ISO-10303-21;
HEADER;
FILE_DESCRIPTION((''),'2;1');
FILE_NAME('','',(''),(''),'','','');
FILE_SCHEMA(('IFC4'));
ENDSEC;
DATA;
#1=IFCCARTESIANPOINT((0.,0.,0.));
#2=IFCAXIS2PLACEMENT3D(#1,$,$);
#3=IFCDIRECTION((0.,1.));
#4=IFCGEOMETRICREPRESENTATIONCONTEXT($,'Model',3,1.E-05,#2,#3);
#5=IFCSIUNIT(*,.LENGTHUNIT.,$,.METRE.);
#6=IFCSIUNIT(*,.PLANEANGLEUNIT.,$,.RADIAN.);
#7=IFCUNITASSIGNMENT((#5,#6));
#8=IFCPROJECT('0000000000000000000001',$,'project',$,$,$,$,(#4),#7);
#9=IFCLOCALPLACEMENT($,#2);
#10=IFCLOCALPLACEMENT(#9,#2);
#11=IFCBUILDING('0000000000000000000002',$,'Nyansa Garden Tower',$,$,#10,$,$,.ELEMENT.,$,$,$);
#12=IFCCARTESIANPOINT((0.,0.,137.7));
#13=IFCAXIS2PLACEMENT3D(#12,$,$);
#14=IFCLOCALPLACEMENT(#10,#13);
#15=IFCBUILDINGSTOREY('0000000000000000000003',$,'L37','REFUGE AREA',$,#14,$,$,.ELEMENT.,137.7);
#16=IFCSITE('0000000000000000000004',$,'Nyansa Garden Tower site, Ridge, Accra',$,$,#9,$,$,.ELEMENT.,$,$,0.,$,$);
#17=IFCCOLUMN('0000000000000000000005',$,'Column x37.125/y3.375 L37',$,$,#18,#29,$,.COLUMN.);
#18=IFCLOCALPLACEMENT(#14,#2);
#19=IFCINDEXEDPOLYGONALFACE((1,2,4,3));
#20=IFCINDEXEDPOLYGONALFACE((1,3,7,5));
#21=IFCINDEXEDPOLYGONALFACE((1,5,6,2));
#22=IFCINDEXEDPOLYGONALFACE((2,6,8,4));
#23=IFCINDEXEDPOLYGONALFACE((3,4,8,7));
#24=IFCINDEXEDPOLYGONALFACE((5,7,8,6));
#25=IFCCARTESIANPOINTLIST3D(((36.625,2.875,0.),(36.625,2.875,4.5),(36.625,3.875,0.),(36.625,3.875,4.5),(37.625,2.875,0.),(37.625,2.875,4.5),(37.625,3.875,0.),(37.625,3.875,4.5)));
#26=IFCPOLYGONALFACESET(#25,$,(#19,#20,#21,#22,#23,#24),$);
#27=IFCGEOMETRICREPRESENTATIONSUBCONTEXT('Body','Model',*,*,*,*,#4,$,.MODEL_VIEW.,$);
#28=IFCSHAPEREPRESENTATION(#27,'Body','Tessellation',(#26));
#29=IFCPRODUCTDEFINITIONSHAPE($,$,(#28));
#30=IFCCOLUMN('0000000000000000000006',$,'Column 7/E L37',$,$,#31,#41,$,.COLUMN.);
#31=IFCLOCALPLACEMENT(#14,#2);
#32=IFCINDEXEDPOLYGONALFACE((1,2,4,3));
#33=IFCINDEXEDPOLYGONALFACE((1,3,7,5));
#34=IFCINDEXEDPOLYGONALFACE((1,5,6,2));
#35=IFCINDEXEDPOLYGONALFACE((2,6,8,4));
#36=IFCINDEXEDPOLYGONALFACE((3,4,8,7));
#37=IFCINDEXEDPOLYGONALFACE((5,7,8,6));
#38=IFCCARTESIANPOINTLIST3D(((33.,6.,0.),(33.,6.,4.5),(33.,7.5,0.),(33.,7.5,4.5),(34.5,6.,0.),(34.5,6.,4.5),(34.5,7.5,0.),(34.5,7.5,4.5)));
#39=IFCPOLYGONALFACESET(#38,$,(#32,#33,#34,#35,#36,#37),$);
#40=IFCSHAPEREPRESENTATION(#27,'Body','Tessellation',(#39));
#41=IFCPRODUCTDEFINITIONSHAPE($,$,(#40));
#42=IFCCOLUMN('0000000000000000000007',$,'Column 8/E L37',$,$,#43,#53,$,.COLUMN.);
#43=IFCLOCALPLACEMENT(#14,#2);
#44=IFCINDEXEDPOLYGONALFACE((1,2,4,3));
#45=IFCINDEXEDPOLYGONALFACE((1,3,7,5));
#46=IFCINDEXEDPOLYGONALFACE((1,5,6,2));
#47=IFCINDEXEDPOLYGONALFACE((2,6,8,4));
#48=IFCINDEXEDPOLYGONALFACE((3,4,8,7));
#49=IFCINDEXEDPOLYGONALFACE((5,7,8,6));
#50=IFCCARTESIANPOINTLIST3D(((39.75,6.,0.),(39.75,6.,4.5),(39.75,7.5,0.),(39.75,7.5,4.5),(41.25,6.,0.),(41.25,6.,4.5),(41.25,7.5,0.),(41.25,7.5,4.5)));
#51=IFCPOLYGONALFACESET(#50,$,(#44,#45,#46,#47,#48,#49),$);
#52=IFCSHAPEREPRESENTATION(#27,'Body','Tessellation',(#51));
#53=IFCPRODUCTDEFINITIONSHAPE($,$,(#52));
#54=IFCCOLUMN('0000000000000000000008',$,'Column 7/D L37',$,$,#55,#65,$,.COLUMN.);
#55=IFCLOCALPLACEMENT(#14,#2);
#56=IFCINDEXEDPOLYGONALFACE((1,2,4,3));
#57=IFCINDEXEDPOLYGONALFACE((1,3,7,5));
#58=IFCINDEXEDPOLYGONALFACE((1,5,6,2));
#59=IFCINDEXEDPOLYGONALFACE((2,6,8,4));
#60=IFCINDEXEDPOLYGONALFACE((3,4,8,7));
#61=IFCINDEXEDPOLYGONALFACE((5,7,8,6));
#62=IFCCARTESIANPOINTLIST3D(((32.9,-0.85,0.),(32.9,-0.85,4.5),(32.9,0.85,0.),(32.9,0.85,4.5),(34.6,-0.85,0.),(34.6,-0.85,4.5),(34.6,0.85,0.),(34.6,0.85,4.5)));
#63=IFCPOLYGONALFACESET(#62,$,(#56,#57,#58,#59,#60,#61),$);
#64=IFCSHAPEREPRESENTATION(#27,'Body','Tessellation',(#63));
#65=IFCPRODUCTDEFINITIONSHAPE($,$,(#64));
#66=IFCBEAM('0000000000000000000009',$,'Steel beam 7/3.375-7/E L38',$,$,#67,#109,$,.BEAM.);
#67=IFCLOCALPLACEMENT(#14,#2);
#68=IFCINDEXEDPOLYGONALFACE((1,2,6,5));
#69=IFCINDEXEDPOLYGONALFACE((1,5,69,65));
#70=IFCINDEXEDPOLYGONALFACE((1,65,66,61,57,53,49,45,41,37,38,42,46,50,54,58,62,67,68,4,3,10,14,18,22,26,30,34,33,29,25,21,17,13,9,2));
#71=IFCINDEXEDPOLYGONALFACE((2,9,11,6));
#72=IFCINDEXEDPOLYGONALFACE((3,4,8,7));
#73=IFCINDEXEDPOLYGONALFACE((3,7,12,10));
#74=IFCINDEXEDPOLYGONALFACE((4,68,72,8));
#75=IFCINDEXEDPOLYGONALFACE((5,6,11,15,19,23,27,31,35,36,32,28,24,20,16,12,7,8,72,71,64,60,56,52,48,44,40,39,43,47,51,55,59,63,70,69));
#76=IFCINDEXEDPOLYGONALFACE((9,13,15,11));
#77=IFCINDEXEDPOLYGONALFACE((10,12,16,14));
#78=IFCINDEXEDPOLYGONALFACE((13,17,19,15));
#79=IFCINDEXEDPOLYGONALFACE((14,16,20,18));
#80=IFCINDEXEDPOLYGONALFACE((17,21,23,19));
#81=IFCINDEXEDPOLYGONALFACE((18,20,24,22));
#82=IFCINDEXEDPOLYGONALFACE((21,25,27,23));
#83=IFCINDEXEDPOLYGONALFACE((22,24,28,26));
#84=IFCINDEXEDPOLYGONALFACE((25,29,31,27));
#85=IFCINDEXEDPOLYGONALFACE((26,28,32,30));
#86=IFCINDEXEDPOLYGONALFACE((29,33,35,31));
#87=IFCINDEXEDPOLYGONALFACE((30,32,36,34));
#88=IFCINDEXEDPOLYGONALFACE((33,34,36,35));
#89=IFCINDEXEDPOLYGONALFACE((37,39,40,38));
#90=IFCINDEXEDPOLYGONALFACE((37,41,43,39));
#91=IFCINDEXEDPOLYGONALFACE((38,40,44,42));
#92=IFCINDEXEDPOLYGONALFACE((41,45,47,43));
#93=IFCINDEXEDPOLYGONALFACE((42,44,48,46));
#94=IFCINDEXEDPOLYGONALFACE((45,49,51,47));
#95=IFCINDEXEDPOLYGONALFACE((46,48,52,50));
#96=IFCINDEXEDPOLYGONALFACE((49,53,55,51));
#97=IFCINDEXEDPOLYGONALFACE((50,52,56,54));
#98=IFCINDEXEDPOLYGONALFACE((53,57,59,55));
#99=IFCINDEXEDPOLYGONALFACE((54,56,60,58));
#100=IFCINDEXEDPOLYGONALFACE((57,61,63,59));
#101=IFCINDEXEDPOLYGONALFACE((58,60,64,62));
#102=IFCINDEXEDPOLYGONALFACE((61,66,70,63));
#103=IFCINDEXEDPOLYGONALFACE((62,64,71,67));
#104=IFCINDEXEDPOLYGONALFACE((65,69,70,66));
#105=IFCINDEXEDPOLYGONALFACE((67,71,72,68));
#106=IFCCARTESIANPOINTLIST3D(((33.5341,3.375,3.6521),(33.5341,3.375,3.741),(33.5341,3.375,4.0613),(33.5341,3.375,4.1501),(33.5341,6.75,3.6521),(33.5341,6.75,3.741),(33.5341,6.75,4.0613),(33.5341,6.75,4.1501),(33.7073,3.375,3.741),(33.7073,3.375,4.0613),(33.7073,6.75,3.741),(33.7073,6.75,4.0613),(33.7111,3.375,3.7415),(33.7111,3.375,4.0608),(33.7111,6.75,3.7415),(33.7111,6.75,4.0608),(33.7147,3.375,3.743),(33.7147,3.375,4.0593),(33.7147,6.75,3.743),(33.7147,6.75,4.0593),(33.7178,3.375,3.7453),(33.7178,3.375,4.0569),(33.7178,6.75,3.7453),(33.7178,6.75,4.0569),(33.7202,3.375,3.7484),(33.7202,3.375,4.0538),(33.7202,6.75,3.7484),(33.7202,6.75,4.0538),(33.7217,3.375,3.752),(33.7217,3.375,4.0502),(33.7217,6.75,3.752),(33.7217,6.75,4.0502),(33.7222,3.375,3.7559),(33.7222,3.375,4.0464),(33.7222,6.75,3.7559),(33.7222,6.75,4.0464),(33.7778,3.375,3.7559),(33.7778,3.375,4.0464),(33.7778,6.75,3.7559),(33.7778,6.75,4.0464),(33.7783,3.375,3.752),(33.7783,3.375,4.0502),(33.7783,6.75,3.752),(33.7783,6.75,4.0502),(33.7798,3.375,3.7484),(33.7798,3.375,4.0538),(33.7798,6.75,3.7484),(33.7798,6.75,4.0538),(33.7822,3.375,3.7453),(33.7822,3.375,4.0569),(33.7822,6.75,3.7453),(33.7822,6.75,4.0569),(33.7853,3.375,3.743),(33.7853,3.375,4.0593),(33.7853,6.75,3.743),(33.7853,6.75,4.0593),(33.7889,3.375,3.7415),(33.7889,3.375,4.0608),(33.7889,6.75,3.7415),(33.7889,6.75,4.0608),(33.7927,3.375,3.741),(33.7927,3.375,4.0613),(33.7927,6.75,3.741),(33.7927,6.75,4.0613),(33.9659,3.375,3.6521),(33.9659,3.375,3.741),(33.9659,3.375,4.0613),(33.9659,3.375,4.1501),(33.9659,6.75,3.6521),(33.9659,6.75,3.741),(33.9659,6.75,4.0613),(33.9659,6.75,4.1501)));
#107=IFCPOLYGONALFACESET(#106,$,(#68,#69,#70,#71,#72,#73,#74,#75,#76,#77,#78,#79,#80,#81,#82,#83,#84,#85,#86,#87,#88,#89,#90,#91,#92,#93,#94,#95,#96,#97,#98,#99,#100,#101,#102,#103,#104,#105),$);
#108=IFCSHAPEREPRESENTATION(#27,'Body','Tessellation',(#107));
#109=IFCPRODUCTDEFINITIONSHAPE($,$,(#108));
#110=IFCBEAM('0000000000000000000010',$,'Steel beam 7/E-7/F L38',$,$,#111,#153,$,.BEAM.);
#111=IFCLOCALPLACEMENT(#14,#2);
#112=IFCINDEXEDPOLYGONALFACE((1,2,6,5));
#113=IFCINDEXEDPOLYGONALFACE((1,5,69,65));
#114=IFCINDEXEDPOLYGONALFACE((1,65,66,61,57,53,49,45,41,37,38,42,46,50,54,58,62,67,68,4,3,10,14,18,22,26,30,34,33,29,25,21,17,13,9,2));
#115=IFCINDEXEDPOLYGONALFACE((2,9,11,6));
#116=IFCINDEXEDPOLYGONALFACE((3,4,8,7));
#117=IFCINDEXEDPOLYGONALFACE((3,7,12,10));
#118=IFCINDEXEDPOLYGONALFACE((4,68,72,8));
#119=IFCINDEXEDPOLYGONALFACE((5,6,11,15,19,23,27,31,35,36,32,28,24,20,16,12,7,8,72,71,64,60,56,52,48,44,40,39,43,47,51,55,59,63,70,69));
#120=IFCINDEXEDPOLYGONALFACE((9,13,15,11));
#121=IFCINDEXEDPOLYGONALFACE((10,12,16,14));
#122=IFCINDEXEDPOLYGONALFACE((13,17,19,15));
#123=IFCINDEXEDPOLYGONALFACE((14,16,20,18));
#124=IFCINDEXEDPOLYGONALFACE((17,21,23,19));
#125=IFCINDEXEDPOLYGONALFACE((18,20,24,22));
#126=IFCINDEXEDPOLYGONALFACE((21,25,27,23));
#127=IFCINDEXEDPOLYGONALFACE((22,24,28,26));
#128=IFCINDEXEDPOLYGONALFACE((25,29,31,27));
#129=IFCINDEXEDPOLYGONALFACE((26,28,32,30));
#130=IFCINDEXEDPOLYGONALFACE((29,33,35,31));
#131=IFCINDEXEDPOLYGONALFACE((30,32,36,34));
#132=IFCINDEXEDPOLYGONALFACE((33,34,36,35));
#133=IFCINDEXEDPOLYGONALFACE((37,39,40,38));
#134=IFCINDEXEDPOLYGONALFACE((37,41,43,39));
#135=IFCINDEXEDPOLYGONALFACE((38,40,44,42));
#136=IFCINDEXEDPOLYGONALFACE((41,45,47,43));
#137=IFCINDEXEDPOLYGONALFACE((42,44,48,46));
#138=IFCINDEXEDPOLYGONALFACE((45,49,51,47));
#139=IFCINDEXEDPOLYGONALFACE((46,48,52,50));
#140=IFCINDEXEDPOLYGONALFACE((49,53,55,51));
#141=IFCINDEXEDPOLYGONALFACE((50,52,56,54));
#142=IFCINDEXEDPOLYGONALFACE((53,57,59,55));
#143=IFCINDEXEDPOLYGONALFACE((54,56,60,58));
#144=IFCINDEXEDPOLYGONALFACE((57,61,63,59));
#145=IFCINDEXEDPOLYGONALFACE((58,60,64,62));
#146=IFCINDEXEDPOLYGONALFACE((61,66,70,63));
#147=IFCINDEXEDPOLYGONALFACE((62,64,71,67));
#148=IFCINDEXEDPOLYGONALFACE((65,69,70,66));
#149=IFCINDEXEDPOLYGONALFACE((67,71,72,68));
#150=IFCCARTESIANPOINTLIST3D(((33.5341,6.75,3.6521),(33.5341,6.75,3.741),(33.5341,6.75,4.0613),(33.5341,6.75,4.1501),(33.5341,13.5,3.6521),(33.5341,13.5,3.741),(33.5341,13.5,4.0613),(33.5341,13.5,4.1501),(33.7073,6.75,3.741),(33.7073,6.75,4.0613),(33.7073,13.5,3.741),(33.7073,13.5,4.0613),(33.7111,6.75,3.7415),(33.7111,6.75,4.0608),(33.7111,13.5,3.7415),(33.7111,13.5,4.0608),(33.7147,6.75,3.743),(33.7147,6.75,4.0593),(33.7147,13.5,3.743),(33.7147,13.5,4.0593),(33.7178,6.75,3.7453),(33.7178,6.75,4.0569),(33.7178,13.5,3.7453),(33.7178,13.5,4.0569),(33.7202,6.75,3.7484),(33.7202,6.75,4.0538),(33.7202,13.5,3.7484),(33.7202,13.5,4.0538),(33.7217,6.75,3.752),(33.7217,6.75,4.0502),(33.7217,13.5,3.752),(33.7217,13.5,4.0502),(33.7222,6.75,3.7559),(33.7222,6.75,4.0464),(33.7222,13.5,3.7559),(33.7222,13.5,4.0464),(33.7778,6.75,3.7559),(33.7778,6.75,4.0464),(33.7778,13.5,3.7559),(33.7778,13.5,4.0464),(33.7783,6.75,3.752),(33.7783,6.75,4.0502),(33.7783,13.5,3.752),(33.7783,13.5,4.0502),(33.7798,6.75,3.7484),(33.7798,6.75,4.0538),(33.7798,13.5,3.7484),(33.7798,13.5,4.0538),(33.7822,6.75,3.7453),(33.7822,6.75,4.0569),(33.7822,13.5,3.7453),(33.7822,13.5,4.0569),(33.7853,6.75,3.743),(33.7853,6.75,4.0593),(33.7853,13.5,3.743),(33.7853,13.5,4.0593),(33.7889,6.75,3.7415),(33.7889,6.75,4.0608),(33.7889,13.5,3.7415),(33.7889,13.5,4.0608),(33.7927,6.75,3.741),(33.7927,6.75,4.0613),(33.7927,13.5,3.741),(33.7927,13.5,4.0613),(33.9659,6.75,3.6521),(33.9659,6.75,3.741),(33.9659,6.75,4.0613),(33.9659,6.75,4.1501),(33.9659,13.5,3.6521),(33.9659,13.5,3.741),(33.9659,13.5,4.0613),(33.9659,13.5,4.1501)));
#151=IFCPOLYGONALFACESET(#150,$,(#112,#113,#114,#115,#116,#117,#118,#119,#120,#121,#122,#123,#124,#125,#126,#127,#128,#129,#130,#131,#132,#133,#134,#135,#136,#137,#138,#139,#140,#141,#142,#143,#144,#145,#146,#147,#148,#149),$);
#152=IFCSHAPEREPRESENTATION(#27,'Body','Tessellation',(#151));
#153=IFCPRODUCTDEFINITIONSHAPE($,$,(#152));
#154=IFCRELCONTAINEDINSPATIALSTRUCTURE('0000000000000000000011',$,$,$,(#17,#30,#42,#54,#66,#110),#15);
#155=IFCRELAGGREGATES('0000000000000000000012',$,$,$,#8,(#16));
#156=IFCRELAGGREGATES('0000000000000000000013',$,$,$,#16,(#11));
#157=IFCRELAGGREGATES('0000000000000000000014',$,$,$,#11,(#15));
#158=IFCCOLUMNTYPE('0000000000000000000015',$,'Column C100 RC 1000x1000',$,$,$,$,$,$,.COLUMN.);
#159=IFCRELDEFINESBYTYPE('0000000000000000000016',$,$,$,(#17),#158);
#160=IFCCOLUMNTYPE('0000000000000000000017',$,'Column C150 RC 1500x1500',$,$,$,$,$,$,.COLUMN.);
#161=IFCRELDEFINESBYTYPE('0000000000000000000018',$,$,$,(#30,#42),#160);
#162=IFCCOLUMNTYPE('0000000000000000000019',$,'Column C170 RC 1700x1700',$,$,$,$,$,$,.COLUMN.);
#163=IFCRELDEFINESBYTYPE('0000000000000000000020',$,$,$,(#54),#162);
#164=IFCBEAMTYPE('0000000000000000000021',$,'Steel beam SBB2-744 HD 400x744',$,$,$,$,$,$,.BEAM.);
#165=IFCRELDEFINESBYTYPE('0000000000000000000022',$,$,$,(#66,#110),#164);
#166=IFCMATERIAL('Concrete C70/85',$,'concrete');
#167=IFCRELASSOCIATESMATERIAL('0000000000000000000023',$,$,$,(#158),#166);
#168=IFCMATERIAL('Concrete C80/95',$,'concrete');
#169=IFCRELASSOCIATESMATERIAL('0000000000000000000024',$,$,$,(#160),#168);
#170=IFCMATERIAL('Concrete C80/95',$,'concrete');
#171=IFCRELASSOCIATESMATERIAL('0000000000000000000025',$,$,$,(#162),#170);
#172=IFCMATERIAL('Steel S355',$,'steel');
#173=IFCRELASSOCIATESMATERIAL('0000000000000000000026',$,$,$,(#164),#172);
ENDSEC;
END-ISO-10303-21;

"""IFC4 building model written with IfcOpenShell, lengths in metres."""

from ifc_helpers import new_model, si_unit, direction, frame, origin, origin_2d, place, context, subcontext, project, spatial, rectangle, i_section, extrude, material, material_profile, profile_set, type_object, element, save


model = new_model("IFC4")

# Units and contexts
model_context = context("Model", 3, precision=1e-05, world=origin(), true_north=direction((0.0, 1.0)))
body_context = subcontext(model_context, "Body", "Model", "MODEL_VIEW")
ifc_project = project(units=[si_unit("LENGTHUNIT", "METRE"), si_unit("PLANEANGLEUNIT", "RADIAN")], contexts=[model_context])

# Site, building, storey
site_placement = place(None, origin())
site = spatial("IfcSite", under=ifc_project, at=site_placement, Name="Nyansa Garden Tower site, Ridge, Accra", CompositionType="ELEMENT", RefElevation=0.0)
building_placement = place(site_placement, origin())
building = spatial("IfcBuilding", under=site, at=building_placement, Name="Nyansa Garden Tower", CompositionType="ELEMENT")
storey_placement = place(building_placement, frame((0.0, 0.0, 137.7)))
storey = spatial("IfcBuildingStorey", under=building, at=storey_placement, Name="L37", Description="REFUGE AREA", CompositionType="ELEMENT", Elevation=137.7)

# Columns
ifc_material_1 = material(Name="Concrete C70/85", Category="concrete")
ifc_material_profile_1 = material_profile(ifc_material_1, rectangle(XDim=1.0, YDim=1.0, at=origin_2d()), Name="RC 1000x1000")
ifc_profile_set_1 = profile_set([ifc_material_profile_1], Name="Concrete C70/85")
column_type_1 = type_object("IfcColumnType", Name="Column C100 RC 1000x1000", PredefinedType="COLUMN", material=ifc_profile_set_1)
column_1_placement = place(storey_placement, frame((37.125, 3.375, 0.0), z_axis=(0.0, 0.0, 1.0), x_axis=(1.0, 0.0, 0.0)))
element("IfcColumn", 1, at=column_1_placement, inside=storey, type_object=column_type_1, Name="Column x37.125/y3.375 L37", PredefinedType="COLUMN", context=body_context, shape_type="SweptSolid", body=[
    extrude(rectangle(XDim=1.0, YDim=1.0, at=origin_2d()), origin(), (0.0, 0.0, 1.0), 4.5),
])
ifc_material_2 = material(Name="Concrete C80/95", Category="concrete")
ifc_material_profile_2 = material_profile(ifc_material_2, rectangle(XDim=1.5, YDim=1.5, at=origin_2d()), Name="RC 1500x1500")
ifc_profile_set_2 = profile_set([ifc_material_profile_2], Name="Concrete C80/95")
column_type_2 = type_object("IfcColumnType", Name="Column C150 RC 1500x1500", PredefinedType="COLUMN", material=ifc_profile_set_2)
for number, where, z_axis, x_axis, name in (
    (2, (33.75, 6.75, 0.0), (0.0, 0.0, 1.0), (1.0, 0.0, 0.0), "Column 7/E L37"),
    (3, (40.5, 6.75, 0.0), (0.0, 0.0, 1.0), (1.0, 0.0, 0.0), "Column 8/E L37"),
):
    element("IfcColumn", number, at=place(storey_placement, frame(where, z_axis=z_axis, x_axis=x_axis)), inside=storey, type_object=column_type_2, Name=name, PredefinedType="COLUMN", context=body_context, shape_type="SweptSolid", body=[
        extrude(rectangle(XDim=1.5, YDim=1.5, at=origin_2d()), origin(), (0.0, 0.0, 1.0), 4.5),
    ])
ifc_material_3 = material(Name="Concrete C80/95", Category="concrete")
ifc_material_profile_3 = material_profile(ifc_material_3, rectangle(XDim=1.7, YDim=1.7, at=origin_2d()), Name="RC 1700x1700")
ifc_profile_set_3 = profile_set([ifc_material_profile_3], Name="Concrete C80/95")
column_type_3 = type_object("IfcColumnType", Name="Column C170 RC 1700x1700", PredefinedType="COLUMN", material=ifc_profile_set_3)
column_2_placement = place(storey_placement, frame((33.75, 0.0, 0.0), z_axis=(0.0, 0.0, 1.0), x_axis=(1.0, 0.0, 0.0)))
element("IfcColumn", 4, at=column_2_placement, inside=storey, type_object=column_type_3, Name="Column 7/D L37", PredefinedType="COLUMN", context=body_context, shape_type="SweptSolid", body=[
    extrude(rectangle(XDim=1.7, YDim=1.7, at=origin_2d()), origin(), (0.0, 0.0, 1.0), 4.5),
])

# Beams
ifc_material_4 = material(Name="Steel S355", Category="steel")
ifc_material_profile_4 = material_profile(ifc_material_4, i_section(OverallWidth=0.4319, OverallDepth=0.498, WebThickness=0.0557, FlangeThickness=0.0889, FilletRadius=0.0149, at=origin_2d()), Name="HD 400x744")
ifc_profile_set_4 = profile_set([ifc_material_profile_4], Name="Steel S355")
beam_type_1 = type_object("IfcBeamType", Name="Steel beam SBB2-744 HD 400x744", PredefinedType="BEAM", material=ifc_profile_set_4)
beam_1_placement = place(storey_placement, frame((33.75, 3.375, 3.9011), z_axis=(0.0, 1.0, 0.0), x_axis=(-1.0, 0.0, 0.0)))
element("IfcBeam", 5, at=beam_1_placement, inside=storey, type_object=beam_type_1, Name="Steel beam 7/3.375-7/E L38", PredefinedType="BEAM", context=body_context, shape_type="SweptSolid", body=[
    extrude(i_section(OverallWidth=0.4319, OverallDepth=0.498, WebThickness=0.0557, FlangeThickness=0.0889, FilletRadius=0.0149, at=origin_2d()), origin(), (0.0, 0.0, 1.0), 3.375),
])
beam_2_placement = place(storey_placement, frame((33.75, 6.75, 3.9011), z_axis=(0.0, 1.0, 0.0), x_axis=(-1.0, 0.0, 0.0)))
element("IfcBeam", 6, at=beam_2_placement, inside=storey, type_object=beam_type_1, Name="Steel beam 7/E-7/F L38", PredefinedType="BEAM", context=body_context, shape_type="SweptSolid", body=[
    extrude(i_section(OverallWidth=0.4319, OverallDepth=0.498, WebThickness=0.0557, FlangeThickness=0.0889, FilletRadius=0.0149, at=origin_2d()), origin(), (0.0, 0.0, 1.0), 6.75),
])

save(model, "model.ifc")
